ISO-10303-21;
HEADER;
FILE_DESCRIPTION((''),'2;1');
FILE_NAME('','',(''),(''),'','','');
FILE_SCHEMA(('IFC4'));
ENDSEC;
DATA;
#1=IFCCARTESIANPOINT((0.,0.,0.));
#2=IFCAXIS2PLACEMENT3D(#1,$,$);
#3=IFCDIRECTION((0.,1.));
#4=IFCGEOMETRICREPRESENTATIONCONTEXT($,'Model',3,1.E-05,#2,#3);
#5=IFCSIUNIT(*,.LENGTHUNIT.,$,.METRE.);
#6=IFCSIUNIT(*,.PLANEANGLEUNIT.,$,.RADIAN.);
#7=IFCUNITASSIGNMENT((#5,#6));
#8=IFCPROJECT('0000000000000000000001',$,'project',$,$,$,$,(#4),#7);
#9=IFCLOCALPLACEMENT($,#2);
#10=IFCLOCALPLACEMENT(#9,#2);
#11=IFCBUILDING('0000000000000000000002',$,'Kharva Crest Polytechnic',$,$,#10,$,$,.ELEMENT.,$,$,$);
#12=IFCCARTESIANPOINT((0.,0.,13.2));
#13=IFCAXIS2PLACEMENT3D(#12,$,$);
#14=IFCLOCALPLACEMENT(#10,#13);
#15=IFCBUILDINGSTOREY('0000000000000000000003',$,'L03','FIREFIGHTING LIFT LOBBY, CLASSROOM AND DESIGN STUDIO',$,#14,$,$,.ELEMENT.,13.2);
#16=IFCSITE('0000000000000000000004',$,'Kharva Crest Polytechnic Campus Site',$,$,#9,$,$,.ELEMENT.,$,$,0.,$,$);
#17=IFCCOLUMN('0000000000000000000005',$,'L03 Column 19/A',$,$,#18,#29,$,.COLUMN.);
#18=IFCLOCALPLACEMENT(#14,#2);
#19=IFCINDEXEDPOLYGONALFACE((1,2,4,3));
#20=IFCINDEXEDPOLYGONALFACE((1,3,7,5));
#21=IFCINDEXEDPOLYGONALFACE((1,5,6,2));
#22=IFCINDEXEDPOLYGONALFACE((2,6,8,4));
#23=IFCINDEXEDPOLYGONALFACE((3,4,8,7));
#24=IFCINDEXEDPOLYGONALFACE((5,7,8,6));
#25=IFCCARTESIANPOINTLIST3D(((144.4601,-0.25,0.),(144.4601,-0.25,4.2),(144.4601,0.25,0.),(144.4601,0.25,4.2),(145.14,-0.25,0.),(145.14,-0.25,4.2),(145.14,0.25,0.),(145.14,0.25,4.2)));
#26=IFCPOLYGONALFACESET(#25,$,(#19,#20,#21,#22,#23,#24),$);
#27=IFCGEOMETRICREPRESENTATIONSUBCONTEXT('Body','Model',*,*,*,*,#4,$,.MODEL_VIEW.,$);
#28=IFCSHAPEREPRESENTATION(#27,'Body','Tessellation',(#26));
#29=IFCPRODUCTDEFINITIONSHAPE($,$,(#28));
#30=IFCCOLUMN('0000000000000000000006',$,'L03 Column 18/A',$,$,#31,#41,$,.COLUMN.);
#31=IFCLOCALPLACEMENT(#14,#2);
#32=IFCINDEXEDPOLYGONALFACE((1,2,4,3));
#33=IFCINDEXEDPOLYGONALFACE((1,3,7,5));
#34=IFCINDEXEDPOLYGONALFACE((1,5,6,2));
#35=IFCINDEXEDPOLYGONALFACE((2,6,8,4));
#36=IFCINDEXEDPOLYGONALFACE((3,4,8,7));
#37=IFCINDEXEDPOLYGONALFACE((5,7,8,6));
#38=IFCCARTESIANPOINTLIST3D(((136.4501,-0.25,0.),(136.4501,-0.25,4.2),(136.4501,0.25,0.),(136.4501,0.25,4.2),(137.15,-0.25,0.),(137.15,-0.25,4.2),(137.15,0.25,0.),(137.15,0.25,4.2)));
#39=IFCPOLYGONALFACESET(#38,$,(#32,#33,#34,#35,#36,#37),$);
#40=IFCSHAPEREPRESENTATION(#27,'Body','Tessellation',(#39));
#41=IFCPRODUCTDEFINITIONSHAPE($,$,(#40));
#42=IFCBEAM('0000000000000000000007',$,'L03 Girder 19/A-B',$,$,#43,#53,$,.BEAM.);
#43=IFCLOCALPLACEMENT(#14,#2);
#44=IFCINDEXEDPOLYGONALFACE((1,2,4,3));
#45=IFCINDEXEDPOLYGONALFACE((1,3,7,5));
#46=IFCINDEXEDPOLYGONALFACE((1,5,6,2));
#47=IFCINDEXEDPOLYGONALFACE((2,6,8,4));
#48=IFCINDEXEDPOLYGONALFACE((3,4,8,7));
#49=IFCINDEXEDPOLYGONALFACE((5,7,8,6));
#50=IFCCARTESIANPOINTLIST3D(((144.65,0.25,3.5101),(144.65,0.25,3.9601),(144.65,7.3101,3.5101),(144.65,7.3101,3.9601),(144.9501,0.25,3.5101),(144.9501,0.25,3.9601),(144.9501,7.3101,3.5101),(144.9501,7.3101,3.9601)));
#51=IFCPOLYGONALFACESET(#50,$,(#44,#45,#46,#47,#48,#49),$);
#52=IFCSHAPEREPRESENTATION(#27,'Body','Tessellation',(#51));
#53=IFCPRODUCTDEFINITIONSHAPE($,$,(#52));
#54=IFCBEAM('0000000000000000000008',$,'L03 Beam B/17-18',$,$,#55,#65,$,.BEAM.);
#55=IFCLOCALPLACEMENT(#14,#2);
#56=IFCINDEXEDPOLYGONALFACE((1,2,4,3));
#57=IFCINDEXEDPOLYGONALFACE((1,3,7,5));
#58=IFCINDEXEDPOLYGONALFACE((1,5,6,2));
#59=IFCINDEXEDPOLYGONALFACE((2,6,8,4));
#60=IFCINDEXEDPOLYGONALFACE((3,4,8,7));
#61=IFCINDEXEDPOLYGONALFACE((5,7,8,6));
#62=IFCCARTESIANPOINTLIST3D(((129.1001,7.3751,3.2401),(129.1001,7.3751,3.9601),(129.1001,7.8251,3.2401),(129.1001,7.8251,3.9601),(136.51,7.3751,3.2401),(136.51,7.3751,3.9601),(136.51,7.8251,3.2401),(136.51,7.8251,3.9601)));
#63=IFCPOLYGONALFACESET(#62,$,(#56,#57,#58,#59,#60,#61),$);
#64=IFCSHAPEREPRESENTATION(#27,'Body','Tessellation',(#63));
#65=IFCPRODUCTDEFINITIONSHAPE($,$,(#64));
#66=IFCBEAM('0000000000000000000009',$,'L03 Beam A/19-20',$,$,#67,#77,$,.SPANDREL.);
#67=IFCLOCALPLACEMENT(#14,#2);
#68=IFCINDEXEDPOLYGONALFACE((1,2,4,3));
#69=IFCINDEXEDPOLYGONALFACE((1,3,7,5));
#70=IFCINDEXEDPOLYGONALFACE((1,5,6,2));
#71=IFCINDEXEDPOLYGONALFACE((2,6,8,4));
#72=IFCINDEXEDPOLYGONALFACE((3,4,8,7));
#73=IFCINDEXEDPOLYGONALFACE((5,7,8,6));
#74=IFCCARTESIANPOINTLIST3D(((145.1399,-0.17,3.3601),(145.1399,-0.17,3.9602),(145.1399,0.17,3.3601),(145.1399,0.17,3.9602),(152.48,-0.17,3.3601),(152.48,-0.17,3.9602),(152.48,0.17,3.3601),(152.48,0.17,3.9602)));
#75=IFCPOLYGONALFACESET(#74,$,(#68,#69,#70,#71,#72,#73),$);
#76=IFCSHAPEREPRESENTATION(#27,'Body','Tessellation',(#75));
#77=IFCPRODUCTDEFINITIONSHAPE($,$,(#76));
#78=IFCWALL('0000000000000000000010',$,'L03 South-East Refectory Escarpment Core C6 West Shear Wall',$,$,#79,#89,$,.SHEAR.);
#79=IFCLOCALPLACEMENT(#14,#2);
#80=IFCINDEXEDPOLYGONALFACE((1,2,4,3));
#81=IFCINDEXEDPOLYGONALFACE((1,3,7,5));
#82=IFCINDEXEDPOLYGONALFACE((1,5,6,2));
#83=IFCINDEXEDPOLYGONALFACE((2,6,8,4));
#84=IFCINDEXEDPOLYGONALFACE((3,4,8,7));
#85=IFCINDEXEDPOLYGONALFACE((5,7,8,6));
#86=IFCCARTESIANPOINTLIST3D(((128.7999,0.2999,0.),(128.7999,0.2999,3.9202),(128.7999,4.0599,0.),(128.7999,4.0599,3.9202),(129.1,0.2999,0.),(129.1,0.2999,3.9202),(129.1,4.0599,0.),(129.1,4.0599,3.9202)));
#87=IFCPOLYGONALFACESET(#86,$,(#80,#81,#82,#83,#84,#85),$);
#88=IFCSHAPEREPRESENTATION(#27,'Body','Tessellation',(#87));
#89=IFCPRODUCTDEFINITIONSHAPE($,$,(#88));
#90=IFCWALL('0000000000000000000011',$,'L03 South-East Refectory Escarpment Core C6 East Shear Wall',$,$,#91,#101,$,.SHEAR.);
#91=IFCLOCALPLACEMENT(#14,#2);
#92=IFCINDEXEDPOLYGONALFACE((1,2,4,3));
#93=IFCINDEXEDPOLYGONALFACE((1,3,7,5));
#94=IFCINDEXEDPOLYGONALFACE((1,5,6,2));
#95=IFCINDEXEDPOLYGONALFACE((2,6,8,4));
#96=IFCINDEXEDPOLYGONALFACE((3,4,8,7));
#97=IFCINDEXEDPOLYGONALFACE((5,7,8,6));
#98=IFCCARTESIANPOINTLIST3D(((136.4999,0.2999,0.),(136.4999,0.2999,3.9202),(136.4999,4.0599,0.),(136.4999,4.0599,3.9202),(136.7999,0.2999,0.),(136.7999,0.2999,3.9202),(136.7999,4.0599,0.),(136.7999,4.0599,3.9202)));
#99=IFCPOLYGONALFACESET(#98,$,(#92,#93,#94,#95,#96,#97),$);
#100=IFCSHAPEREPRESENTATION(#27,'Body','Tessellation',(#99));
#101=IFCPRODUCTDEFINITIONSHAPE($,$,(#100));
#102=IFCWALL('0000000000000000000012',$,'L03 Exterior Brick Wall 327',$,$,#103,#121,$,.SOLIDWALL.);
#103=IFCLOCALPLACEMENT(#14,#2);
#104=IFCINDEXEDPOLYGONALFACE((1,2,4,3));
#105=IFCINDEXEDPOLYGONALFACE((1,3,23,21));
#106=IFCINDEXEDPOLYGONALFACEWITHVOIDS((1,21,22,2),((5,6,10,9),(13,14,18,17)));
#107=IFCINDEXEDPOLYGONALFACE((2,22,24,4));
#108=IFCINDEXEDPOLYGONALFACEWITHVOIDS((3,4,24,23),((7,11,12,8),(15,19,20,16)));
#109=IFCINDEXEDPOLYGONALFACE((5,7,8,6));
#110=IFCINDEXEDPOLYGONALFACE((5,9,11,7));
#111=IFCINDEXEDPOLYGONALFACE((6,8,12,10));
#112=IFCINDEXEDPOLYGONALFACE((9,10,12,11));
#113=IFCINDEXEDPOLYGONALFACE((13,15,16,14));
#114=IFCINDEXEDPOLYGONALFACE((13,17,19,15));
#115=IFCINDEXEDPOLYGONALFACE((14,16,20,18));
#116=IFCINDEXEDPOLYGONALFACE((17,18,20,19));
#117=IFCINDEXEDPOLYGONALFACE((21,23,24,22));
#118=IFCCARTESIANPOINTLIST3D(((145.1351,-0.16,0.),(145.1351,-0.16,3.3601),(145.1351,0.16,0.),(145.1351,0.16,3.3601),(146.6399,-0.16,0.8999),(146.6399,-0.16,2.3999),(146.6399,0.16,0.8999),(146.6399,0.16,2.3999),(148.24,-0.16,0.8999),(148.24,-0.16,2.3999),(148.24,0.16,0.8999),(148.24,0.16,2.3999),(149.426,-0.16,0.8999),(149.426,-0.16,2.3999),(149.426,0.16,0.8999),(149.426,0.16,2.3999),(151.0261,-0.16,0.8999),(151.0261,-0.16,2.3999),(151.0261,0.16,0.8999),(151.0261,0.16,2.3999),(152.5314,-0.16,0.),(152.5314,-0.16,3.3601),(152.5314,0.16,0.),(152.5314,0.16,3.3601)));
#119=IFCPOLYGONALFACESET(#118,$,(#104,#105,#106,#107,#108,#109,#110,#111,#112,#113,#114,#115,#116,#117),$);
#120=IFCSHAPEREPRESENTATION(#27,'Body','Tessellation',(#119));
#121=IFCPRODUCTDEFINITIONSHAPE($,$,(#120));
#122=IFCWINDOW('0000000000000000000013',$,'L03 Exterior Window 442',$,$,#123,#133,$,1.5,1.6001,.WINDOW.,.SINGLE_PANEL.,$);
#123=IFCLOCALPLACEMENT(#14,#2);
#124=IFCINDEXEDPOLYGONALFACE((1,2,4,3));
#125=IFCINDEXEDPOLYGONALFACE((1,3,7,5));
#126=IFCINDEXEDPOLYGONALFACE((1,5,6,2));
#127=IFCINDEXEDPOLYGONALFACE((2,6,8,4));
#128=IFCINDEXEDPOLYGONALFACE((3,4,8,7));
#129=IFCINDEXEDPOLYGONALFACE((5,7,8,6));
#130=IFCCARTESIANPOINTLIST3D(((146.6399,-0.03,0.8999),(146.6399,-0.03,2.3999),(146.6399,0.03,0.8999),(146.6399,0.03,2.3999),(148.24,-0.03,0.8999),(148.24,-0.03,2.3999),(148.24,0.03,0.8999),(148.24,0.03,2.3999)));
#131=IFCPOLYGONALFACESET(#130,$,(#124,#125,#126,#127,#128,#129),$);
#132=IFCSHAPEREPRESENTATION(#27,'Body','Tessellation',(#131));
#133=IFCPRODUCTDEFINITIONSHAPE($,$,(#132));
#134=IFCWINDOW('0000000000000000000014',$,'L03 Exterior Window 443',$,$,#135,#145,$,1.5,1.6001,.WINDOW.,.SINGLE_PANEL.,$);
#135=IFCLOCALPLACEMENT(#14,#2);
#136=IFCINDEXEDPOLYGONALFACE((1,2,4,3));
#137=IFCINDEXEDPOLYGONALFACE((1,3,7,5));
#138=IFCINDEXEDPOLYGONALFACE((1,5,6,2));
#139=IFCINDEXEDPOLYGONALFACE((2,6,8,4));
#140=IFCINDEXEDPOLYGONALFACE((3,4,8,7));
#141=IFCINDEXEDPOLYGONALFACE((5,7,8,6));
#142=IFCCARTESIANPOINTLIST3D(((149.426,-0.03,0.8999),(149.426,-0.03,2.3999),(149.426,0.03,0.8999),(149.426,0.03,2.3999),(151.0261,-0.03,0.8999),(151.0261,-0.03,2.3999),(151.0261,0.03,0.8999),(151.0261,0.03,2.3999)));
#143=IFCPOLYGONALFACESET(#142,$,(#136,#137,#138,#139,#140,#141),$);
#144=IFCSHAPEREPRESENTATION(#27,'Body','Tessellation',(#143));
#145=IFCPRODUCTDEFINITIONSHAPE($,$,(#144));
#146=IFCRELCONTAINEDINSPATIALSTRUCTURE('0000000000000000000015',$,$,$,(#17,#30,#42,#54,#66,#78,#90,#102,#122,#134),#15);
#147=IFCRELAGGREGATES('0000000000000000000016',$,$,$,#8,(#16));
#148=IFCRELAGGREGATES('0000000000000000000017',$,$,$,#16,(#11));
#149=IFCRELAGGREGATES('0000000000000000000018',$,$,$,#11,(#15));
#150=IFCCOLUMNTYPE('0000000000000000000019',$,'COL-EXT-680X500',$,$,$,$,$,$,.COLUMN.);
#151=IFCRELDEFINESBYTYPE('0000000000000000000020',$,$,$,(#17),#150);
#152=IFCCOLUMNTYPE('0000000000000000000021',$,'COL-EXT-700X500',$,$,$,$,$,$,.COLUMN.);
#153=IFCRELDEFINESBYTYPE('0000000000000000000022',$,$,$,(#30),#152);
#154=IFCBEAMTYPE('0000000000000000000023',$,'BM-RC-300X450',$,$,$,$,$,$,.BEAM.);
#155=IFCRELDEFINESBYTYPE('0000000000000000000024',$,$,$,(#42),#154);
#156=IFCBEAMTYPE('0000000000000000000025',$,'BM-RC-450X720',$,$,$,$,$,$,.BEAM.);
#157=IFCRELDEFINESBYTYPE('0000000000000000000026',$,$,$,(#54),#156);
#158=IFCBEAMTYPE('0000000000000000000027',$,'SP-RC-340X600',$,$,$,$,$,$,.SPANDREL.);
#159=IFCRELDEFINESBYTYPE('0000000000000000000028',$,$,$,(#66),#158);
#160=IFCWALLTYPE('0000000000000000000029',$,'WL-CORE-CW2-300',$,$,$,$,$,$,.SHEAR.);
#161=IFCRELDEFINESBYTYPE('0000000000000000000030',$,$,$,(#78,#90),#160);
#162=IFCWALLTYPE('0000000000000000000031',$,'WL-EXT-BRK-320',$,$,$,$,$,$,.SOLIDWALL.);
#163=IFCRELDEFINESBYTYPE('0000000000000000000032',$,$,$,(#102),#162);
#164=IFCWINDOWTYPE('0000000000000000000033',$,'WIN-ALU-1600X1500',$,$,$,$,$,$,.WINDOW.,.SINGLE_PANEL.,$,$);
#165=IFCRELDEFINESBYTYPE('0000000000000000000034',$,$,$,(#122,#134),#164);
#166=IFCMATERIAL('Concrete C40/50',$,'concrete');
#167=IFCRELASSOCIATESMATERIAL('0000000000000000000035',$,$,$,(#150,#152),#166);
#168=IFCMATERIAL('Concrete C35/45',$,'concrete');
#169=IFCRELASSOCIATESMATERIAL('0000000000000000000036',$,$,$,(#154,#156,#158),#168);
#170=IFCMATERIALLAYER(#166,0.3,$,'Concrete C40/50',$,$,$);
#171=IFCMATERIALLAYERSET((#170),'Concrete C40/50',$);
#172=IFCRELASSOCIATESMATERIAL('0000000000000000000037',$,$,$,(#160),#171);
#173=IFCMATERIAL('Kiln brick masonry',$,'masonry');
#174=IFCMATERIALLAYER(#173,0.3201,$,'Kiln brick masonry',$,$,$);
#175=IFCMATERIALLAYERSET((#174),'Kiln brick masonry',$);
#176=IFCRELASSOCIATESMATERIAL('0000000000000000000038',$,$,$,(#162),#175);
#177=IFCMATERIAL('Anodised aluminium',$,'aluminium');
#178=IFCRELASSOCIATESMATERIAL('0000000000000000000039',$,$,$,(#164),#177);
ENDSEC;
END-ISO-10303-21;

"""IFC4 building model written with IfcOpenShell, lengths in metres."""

from ifc_helpers import new_model, si_unit, direction, frame, frame_2d, origin, origin_2d, place, context, subcontext, project, spatial, rectangle, extrude, material, layer, layer_set, material_profile, profile_set, type_object, element, fill, save


model = new_model("IFC4")

# Units and contexts
model_context = context("Model", 3, precision=1e-05, world=origin(), true_north=direction((0.0, 1.0)))
body_context = subcontext(model_context, "Body", "Model", "MODEL_VIEW")
ifc_project = project(units=[si_unit("LENGTHUNIT", "METRE"), si_unit("PLANEANGLEUNIT", "RADIAN")], contexts=[model_context])

# Site, building, storey
site_placement = place(None, origin())
site = spatial("IfcSite", under=ifc_project, at=site_placement, Name="Kharva Crest Polytechnic Campus Site", CompositionType="ELEMENT", RefElevation=0.0)
building_placement = place(site_placement, origin())
building = spatial("IfcBuilding", under=site, at=building_placement, Name="Kharva Crest Polytechnic", CompositionType="ELEMENT")
storey_placement = place(building_placement, frame((0.0, 0.0, 13.2)))
storey = spatial("IfcBuildingStorey", under=building, at=storey_placement, Name="L03", Description="FIREFIGHTING LIFT LOBBY, CLASSROOM AND DESIGN STUDIO", CompositionType="ELEMENT", Elevation=13.2)

# Columns
ifc_material_1 = material(Name="Concrete C40/50", Category="concrete")
ifc_material_profile_1 = material_profile(ifc_material_1, rectangle(XDim=0.6799, YDim=0.5, at=origin_2d()), Name="RECT 680 X 500")
ifc_profile_set_1 = profile_set([ifc_material_profile_1], Name="Concrete C40/50")
column_type_1 = type_object("IfcColumnType", Name="COL-EXT-680X500", PredefinedType="COLUMN", material=ifc_profile_set_1)
column_1_placement = place(storey_placement, frame((144.8, 0.0, 0.0), z_axis=(0.0, 0.0, 1.0), x_axis=(1.0, 0.0, 0.0)))
element("IfcColumn", 1, at=column_1_placement, inside=storey, type_object=column_type_1, Name="L03 Column 19/A", PredefinedType="COLUMN", context=body_context, shape_type="SweptSolid", body=[
    extrude(rectangle(XDim=0.6799, YDim=0.5, at=origin_2d()), origin(), (0.0, 0.0, 1.0), 4.2),
])
ifc_material_profile_2 = material_profile(ifc_material_1, rectangle(XDim=0.7, YDim=0.5, at=origin_2d()), Name="RECT 700 X 500")
ifc_profile_set_2 = profile_set([ifc_material_profile_2], Name="Concrete C40/50")
column_type_2 = type_object("IfcColumnType", Name="COL-EXT-700X500", PredefinedType="COLUMN", material=ifc_profile_set_2)
column_2_placement = place(storey_placement, frame((136.8, 0.0, 0.0), z_axis=(0.0, 0.0, 1.0), x_axis=(1.0, 0.0, 0.0)))
element("IfcColumn", 2, at=column_2_placement, inside=storey, type_object=column_type_2, Name="L03 Column 18/A", PredefinedType="COLUMN", context=body_context, shape_type="SweptSolid", body=[
    extrude(rectangle(XDim=0.7, YDim=0.5, at=origin_2d()), origin(), (0.0, 0.0, 1.0), 4.2),
])

# Beams
ifc_material_2 = material(Name="Concrete C35/45", Category="concrete")
ifc_material_profile_3 = material_profile(ifc_material_2, rectangle(XDim=0.3, YDim=0.45, at=origin_2d()), Name="RECT 300 X 450")
ifc_profile_set_3 = profile_set([ifc_material_profile_3], Name="Concrete C35/45")
beam_type_1 = type_object("IfcBeamType", Name="BM-RC-300X450", PredefinedType="BEAM", material=ifc_profile_set_3)
beam_1_placement = place(storey_placement, frame((144.8, 0.25, 3.7351), z_axis=(0.0, 1.0, 0.0), x_axis=(-1.0, 0.0, 0.0)))
element("IfcBeam", 3, at=beam_1_placement, inside=storey, type_object=beam_type_1, Name="L03 Girder 19/A-B", PredefinedType="BEAM", context=body_context, shape_type="SweptSolid", body=[
    extrude(rectangle(XDim=0.3, YDim=0.45, at=origin_2d()), origin(), (0.0, 0.0, 1.0), 7.0601),
])
ifc_material_profile_4 = material_profile(ifc_material_2, rectangle(XDim=0.45, YDim=0.72, at=origin_2d()), Name="RECT 450 X 720")
ifc_profile_set_4 = profile_set([ifc_material_profile_4], Name="Concrete C35/45")
beam_type_2 = type_object("IfcBeamType", Name="BM-RC-450X720", PredefinedType="BEAM", material=ifc_profile_set_4)
beam_2_placement = place(storey_placement, frame((129.1001, 7.6001, 3.6001), z_axis=(1.0, 0.0, 0.0), x_axis=(0.0, 1.0, 0.0)))
element("IfcBeam", 4, at=beam_2_placement, inside=storey, type_object=beam_type_2, Name="L03 Beam B/17-18", PredefinedType="BEAM", context=body_context, shape_type="SweptSolid", body=[
    extrude(rectangle(XDim=0.45, YDim=0.72, at=origin_2d()), origin(), (0.0, 0.0, 1.0), 7.4099),
])
ifc_material_profile_5 = material_profile(ifc_material_2, rectangle(XDim=0.3401, YDim=0.6001, at=origin_2d()), Name="RECT 340 X 600")
ifc_profile_set_5 = profile_set([ifc_material_profile_5], Name="Concrete C35/45")
beam_type_3 = type_object("IfcBeamType", Name="SP-RC-340X600", PredefinedType="SPANDREL", material=ifc_profile_set_5)
beam_3_placement = place(storey_placement, frame((145.1399, 0.0, 3.6602), z_axis=(1.0, 0.0, 0.0), x_axis=(0.0, 1.0, 0.0)))
element("IfcBeam", 5, at=beam_3_placement, inside=storey, type_object=beam_type_3, Name="L03 Beam A/19-20", PredefinedType="SPANDREL", context=body_context, shape_type="SweptSolid", body=[
    extrude(rectangle(XDim=0.3401, YDim=0.6001, at=origin_2d()), origin(), (0.0, 0.0, 1.0), 7.3401),
])

# Walls
ifc_layer_1 = layer(ifc_material_1, 0.3, Name="Concrete C40/50")
ifc_layer_set_1 = layer_set([ifc_layer_1], Name="Concrete C40/50")
wall_type_1 = type_object("IfcWallType", Name="WL-CORE-CW2-300", PredefinedType="SHEAR", material=ifc_layer_set_1)
for number, where, z_axis, x_axis, name in (
    (6, (128.95, 0.3, 0.0), (0.0, 0.0, 1.0), (0.0, 1.0, 0.0), "L03 South-East Refectory Escarpment Core C6 West Shear Wall"),
    (7, (136.6499, 0.3, 0.0), (0.0, 0.0, 1.0), (0.0, 1.0, 0.0), "L03 South-East Refectory Escarpment Core C6 East Shear Wall"),
):
    element("IfcWall", number, at=place(storey_placement, frame(where, z_axis=z_axis, x_axis=x_axis)), inside=storey, type_object=wall_type_1, Name=name, PredefinedType="SHEAR", context=body_context, shape_type="SweptSolid", body=[
        extrude(rectangle(XDim=3.76, YDim=0.3, at=frame_2d((1.8799, 0.0))), origin(), (0.0, 0.0, 1.0), 3.9202),
    ])

# Wall, openings, windows
ifc_material_3 = material(Name="Kiln brick masonry", Category="masonry")
ifc_layer_2 = layer(ifc_material_3, 0.3201, Name="Kiln brick masonry")
ifc_layer_set_2 = layer_set([ifc_layer_2], Name="Kiln brick masonry")
wall_type_2 = type_object("IfcWallType", Name="WL-EXT-BRK-320", PredefinedType="SOLIDWALL", material=ifc_layer_set_2)
wall_1_placement = place(storey_placement, frame((145.135, 0.0, 0.0), z_axis=(0.0, 0.0, 1.0), x_axis=(1.0, 0.0, 0.0)))
wall_1 = element("IfcWall", 8, at=wall_1_placement, inside=storey, type_object=wall_type_2, Name="L03 Exterior Brick Wall 327", PredefinedType="SOLIDWALL", context=body_context, shape_type="SweptSolid", body=[
    extrude(rectangle(XDim=7.3962, YDim=0.3201, at=frame_2d((3.6982, 0.0))), origin(), (0.0, 0.0, 1.0), 3.3601),
])
opening_1_placement = place(wall_1_placement, frame((1.5049, 0.0, 0.8999)))
opening_1 = element("IfcOpeningElement", 9, at=opening_1_placement, cuts=wall_1, PredefinedType="OPENING", context=body_context, shape_type="SweptSolid", body=[
    extrude(rectangle(XDim=1.6001, YDim=1.5, at=frame_2d((0.8, 0.75))), frame((0.0, 0.1699, 0.0), z_axis=(0.0, -1.0, 0.0), x_axis=(1.0, 0.0, 0.0)), (0.0, 0.0, 1.0), 0.3401),
])
opening_2_placement = place(wall_1_placement, frame((4.291, 0.0, 0.8999)))
opening_2 = element("IfcOpeningElement", 10, at=opening_2_placement, cuts=wall_1, PredefinedType="OPENING", context=body_context, shape_type="SweptSolid", body=[
    extrude(rectangle(XDim=1.6001, YDim=1.5, at=frame_2d((0.8, 0.75))), frame((0.0, 0.1699, 0.0), z_axis=(0.0, -1.0, 0.0), x_axis=(1.0, 0.0, 0.0)), (0.0, 0.0, 1.0), 0.3401),
])
ifc_material_4 = material(Name="Anodised aluminium", Category="aluminium")
window_type_1 = type_object("IfcWindowType", Name="WIN-ALU-1600X1500", PartitioningType="SINGLE_PANEL", PredefinedType="WINDOW", material=ifc_material_4)
window_1_placement = place(opening_1_placement, origin())
window_1 = element("IfcWindow", 11, at=window_1_placement, inside=storey, type_object=window_type_1, Name="L03 Exterior Window 442", OverallHeight=1.5, OverallWidth=1.6001, PartitioningType="SINGLE_PANEL", PredefinedType="WINDOW", context=body_context, shape_type="SweptSolid", body=[
    extrude(rectangle(XDim=1.6001, YDim=1.5, at=frame_2d((0.8, 0.75))), frame((0.0, 0.03, 0.0), z_axis=(0.0, -1.0, 0.0), x_axis=(1.0, 0.0, 0.0)), (0.0, 0.0, 1.0), 0.0601),
])
fill(opening_1, window_1)
window_2_placement = place(opening_2_placement, origin())
window_2 = element("IfcWindow", 12, at=window_2_placement, inside=storey, type_object=window_type_1, Name="L03 Exterior Window 443", OverallHeight=1.5, OverallWidth=1.6001, PartitioningType="SINGLE_PANEL", PredefinedType="WINDOW", context=body_context, shape_type="SweptSolid", body=[
    extrude(rectangle(XDim=1.6001, YDim=1.5, at=frame_2d((0.8, 0.75))), frame((0.0, 0.03, 0.0), z_axis=(0.0, -1.0, 0.0), x_axis=(1.0, 0.0, 0.0)), (0.0, 0.0, 1.0), 0.0601),
])
fill(opening_2, window_2)

save(model, "model.ifc")
